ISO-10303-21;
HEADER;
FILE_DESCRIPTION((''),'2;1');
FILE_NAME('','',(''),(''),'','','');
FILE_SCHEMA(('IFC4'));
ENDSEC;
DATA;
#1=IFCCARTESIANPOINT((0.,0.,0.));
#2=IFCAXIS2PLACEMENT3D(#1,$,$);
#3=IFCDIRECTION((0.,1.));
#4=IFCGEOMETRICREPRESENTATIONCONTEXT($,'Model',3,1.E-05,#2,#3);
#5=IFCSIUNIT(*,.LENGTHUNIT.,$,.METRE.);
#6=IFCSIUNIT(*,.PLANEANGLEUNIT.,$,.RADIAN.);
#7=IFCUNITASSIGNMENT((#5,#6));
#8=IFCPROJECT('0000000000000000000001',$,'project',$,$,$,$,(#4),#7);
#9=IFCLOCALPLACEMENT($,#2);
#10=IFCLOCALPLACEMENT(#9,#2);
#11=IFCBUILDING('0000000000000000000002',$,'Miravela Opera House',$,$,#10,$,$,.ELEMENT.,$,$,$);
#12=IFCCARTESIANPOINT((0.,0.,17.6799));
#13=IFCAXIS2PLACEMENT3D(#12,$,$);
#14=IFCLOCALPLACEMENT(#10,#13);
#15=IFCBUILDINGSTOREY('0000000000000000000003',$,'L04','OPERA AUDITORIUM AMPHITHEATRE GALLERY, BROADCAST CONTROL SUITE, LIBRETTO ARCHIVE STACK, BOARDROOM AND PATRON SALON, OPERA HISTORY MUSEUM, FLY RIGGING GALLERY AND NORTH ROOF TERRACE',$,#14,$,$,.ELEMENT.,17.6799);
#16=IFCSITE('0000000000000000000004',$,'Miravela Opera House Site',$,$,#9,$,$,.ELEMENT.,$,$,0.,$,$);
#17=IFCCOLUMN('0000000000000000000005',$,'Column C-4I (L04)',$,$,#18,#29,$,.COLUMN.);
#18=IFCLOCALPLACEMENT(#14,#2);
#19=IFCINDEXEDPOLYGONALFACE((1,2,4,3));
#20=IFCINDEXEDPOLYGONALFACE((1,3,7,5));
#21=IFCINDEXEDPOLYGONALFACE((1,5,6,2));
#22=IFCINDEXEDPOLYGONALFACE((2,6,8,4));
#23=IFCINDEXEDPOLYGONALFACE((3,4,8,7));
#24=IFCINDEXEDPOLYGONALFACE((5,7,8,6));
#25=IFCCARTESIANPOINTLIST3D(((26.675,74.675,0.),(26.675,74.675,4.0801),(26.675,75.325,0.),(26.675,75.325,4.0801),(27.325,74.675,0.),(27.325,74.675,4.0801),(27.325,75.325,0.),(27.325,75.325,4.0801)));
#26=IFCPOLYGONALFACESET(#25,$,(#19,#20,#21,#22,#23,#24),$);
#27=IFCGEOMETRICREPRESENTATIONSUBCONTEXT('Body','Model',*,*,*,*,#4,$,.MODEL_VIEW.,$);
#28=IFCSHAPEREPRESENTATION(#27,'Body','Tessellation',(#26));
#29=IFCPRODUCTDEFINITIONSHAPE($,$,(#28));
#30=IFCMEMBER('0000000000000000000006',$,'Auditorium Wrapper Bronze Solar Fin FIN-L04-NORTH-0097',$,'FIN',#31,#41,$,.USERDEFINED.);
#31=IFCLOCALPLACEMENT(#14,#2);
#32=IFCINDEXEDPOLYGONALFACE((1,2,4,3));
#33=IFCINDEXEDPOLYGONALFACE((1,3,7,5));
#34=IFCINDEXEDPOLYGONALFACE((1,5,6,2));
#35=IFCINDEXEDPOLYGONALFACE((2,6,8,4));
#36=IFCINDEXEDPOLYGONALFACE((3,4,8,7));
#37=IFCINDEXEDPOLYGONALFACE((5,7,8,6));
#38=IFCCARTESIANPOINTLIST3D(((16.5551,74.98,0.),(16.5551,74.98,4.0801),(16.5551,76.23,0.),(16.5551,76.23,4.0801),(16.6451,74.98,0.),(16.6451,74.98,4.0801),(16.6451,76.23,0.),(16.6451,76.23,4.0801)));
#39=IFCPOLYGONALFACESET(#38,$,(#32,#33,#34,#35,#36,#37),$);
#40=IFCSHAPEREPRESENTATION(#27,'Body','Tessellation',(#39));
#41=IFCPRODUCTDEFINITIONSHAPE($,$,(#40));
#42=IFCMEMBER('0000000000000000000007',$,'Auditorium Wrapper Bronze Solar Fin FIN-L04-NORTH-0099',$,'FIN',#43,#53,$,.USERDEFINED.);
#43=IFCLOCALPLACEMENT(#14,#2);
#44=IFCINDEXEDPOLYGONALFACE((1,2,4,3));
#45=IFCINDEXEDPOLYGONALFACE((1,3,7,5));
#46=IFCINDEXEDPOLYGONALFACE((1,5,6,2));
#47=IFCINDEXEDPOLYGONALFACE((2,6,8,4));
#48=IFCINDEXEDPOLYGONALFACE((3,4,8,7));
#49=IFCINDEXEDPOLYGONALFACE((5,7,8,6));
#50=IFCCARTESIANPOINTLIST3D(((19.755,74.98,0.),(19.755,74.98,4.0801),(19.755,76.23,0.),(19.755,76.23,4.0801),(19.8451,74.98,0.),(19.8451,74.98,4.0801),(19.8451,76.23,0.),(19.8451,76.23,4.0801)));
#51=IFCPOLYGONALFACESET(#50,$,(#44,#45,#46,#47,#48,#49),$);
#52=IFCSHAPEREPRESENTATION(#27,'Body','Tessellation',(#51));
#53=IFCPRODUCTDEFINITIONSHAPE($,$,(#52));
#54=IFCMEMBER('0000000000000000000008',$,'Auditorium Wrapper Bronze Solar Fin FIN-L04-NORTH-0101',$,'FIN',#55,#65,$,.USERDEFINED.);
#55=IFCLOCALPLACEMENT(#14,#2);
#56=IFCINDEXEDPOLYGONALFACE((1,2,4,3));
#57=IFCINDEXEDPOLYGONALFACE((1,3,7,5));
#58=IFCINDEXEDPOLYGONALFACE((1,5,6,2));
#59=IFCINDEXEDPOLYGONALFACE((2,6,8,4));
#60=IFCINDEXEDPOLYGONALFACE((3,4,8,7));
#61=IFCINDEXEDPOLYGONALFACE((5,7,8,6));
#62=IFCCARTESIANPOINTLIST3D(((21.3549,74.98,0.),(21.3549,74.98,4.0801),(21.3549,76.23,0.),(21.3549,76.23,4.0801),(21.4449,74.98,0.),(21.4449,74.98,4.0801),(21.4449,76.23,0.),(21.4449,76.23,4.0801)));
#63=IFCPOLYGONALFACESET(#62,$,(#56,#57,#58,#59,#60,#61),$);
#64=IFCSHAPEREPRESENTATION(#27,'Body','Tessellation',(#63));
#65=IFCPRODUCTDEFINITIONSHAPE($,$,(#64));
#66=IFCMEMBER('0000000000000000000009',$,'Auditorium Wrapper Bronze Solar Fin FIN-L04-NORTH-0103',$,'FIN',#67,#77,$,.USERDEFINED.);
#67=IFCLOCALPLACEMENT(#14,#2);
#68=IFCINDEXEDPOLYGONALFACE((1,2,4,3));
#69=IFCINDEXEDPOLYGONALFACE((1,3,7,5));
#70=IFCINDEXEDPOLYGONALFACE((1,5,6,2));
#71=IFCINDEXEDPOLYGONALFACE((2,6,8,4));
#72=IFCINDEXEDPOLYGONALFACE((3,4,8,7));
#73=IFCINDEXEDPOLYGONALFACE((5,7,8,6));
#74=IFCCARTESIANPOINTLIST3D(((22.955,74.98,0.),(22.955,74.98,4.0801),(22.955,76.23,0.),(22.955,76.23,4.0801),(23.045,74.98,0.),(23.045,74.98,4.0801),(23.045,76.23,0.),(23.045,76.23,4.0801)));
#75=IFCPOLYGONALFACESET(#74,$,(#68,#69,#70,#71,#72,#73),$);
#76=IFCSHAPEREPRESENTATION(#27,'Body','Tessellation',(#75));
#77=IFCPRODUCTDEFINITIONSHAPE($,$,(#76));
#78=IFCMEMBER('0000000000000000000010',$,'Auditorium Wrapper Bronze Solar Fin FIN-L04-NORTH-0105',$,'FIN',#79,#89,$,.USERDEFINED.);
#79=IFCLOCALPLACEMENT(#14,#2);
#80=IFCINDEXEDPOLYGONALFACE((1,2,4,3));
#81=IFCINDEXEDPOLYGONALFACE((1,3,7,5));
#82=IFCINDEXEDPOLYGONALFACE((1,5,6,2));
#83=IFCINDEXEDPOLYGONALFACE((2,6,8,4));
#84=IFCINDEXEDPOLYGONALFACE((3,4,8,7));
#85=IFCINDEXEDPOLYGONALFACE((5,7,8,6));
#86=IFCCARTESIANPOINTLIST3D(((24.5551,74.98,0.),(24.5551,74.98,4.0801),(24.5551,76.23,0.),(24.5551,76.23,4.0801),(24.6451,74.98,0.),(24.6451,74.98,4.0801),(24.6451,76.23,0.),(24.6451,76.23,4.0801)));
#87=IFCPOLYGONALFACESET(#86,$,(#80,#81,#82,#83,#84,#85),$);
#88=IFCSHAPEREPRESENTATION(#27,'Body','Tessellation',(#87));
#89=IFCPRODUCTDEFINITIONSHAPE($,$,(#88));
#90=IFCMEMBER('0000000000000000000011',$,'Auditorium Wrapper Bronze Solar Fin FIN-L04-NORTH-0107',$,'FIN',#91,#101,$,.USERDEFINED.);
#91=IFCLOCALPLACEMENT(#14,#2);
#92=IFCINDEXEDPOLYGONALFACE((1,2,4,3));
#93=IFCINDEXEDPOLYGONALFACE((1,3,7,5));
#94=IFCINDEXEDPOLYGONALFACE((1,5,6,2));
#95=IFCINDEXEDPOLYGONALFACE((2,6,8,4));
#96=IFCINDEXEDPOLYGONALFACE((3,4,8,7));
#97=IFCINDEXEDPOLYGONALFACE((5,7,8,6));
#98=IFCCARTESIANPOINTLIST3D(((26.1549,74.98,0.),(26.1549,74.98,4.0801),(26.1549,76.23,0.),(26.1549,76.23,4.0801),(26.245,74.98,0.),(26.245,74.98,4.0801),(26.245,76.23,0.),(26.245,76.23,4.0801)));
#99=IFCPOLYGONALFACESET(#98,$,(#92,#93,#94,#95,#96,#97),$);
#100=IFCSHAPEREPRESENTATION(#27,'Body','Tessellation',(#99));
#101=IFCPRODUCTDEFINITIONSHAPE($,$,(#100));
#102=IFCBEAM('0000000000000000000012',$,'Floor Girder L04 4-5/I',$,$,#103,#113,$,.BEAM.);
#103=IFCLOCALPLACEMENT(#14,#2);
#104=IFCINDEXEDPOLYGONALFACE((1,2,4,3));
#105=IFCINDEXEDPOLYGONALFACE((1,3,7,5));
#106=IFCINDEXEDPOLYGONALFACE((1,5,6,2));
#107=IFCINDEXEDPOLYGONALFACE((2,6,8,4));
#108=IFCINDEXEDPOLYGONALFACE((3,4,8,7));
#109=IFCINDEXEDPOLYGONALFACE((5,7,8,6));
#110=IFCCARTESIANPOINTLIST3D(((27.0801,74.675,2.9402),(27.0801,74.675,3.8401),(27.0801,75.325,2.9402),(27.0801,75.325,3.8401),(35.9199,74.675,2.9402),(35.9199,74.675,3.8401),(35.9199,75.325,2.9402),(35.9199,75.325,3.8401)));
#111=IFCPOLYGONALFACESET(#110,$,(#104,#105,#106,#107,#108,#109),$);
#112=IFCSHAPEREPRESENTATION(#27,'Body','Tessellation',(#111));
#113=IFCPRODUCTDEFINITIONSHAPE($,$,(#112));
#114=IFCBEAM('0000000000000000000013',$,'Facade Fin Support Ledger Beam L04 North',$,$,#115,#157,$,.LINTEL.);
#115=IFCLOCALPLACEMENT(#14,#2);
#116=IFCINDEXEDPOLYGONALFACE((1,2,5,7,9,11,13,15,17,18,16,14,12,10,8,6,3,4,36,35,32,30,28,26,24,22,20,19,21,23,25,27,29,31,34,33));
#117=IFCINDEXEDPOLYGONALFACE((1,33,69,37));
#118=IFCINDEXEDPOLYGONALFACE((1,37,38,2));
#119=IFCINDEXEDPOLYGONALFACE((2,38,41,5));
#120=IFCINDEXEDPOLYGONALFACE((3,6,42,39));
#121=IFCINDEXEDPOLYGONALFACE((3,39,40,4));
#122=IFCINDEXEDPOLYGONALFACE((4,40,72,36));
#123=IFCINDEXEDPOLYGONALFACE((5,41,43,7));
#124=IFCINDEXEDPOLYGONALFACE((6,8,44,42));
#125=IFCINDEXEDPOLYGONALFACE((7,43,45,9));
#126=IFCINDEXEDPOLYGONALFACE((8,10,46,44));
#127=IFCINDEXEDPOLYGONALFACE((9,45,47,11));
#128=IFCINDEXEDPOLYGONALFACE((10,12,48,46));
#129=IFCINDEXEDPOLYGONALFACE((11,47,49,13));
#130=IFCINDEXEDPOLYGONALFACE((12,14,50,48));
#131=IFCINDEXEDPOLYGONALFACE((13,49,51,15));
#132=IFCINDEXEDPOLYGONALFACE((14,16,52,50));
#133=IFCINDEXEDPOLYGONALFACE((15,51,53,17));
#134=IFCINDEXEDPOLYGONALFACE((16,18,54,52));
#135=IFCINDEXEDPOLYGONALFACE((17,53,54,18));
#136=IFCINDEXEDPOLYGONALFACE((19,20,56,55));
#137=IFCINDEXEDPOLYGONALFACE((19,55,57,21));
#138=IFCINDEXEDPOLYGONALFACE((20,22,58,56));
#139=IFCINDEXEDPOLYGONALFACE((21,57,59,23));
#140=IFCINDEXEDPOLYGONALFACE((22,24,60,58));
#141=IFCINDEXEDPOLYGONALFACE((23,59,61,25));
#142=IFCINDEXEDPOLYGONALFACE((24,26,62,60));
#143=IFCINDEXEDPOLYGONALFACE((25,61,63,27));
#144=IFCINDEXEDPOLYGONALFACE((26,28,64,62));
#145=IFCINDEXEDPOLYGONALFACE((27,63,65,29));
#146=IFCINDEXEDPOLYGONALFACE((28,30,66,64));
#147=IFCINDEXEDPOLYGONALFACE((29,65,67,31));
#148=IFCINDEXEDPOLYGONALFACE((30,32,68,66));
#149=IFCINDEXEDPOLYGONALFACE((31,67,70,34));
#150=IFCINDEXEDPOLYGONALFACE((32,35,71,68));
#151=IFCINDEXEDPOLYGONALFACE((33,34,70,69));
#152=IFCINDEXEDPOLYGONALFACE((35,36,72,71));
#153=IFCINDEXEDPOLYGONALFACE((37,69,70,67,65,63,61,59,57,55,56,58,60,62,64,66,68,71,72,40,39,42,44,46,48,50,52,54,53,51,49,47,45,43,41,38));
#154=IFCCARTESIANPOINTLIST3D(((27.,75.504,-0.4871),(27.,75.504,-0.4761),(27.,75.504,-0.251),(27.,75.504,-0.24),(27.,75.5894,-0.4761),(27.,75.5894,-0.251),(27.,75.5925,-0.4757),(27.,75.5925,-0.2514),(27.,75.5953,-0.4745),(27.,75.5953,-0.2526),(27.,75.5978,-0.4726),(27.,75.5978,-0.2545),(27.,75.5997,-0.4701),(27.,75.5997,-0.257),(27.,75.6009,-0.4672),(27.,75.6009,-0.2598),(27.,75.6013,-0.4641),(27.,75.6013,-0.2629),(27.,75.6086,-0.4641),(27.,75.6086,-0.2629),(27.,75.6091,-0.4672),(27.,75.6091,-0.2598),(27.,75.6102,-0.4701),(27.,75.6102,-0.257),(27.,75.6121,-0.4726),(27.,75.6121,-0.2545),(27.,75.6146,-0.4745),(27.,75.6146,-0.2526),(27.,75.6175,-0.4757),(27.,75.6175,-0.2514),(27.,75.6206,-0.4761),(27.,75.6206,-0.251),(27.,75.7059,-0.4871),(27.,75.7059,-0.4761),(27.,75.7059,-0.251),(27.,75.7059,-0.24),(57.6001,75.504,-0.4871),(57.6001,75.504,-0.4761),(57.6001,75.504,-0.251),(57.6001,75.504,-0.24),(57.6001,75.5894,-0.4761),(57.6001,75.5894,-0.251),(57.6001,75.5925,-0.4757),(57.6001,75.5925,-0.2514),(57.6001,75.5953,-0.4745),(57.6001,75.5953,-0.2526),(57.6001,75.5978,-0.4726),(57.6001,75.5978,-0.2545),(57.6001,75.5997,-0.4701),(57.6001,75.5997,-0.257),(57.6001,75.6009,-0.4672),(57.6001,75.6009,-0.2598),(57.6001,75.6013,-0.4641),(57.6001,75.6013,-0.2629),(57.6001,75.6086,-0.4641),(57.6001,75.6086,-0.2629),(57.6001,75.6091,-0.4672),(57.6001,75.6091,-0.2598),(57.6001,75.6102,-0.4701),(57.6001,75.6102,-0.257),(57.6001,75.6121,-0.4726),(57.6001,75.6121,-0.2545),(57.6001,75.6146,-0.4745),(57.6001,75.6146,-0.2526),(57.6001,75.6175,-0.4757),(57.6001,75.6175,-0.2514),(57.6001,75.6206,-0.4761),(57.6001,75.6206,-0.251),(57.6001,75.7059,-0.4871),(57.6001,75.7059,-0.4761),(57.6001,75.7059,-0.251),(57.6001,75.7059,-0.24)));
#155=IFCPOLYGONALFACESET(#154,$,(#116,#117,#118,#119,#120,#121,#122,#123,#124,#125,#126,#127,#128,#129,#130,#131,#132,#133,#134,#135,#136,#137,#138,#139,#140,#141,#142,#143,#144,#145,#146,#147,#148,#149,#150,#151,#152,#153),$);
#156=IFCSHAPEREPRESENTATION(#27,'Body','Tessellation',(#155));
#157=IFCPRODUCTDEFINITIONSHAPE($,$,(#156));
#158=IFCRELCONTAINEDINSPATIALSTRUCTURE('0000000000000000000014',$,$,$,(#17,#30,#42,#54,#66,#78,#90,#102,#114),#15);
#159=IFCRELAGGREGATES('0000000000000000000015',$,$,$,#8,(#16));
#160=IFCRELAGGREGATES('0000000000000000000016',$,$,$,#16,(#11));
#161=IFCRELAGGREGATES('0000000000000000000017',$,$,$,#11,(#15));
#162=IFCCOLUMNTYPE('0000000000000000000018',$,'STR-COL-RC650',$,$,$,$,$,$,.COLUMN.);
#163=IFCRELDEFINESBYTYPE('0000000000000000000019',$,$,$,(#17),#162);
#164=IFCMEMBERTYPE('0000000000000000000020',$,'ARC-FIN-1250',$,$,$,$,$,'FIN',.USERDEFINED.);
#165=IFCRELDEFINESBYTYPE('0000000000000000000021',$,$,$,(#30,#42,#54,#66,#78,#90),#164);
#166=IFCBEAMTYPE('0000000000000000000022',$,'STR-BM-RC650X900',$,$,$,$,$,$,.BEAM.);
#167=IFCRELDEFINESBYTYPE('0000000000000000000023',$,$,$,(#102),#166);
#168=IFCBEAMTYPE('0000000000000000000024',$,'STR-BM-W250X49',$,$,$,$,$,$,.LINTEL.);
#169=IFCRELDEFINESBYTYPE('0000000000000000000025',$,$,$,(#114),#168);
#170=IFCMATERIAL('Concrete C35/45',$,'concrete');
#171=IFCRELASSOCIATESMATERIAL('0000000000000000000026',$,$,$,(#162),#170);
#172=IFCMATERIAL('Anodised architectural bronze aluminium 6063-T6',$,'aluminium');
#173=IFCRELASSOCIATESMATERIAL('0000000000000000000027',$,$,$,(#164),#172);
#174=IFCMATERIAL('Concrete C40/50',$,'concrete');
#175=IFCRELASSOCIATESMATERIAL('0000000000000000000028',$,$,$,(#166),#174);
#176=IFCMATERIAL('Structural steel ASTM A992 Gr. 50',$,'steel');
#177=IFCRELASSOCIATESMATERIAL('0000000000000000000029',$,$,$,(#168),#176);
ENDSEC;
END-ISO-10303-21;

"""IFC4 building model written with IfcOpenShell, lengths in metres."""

from ifc_helpers import new_model, si_unit, direction, frame, origin, origin_2d, place, context, subcontext, project, spatial, rectangle, i_section, extrude, material, material_profile, profile_set, type_object, element, save


model = new_model("IFC4")

# Units and contexts
model_context = context("Model", 3, precision=1e-05, world=origin(), true_north=direction((0.0, 1.0)))
body_context = subcontext(model_context, "Body", "Model", "MODEL_VIEW")
ifc_project = project(units=[si_unit("LENGTHUNIT", "METRE"), si_unit("PLANEANGLEUNIT", "RADIAN")], contexts=[model_context])

# Site, building, storey
site_placement = place(None, origin())
site = spatial("IfcSite", under=ifc_project, at=site_placement, Name="Miravela Opera House Site", CompositionType="ELEMENT", RefElevation=0.0)
building_placement = place(site_placement, origin())
building = spatial("IfcBuilding", under=site, at=building_placement, Name="Miravela Opera House", CompositionType="ELEMENT")
storey_placement = place(building_placement, frame((0.0, 0.0, 17.6799)))
storey = spatial("IfcBuildingStorey", under=building, at=storey_placement, Name="L04", Description="OPERA AUDITORIUM AMPHITHEATRE GALLERY, BROADCAST CONTROL SUITE, LIBRETTO ARCHIVE STACK, BOARDROOM AND PATRON SALON, OPERA HISTORY MUSEUM, FLY RIGGING GALLERY AND NORTH ROOF TERRACE", CompositionType="ELEMENT", Elevation=17.6799)

# Column
ifc_material_1 = material(Name="Concrete C35/45", Category="concrete")
ifc_material_profile_1 = material_profile(ifc_material_1, rectangle(XDim=0.6499, YDim=0.6499, at=origin_2d()), Name="RC-COL-650X650")
ifc_profile_set_1 = profile_set([ifc_material_profile_1])
column_type = type_object("IfcColumnType", Name="STR-COL-RC650", PredefinedType="COLUMN", material=ifc_profile_set_1)
column_placement = place(storey_placement, frame((27.0, 75.0, 0.0), z_axis=(0.0, 0.0, 1.0), x_axis=(1.0, 0.0, 0.0)))
element("IfcColumn", 1, at=column_placement, inside=storey, type_object=column_type, Name="Column C-4I (L04)", PredefinedType="COLUMN", context=body_context, shape_type="SweptSolid", body=[
    extrude(rectangle(XDim=0.6499, YDim=0.6499, at=origin_2d()), origin(), (0.0, 0.0, 1.0), 4.0801),
])

# Members
ifc_material_2 = material(Name="Anodised architectural bronze aluminium 6063-T6", Category="aluminium")
ifc_material_profile_2 = material_profile(ifc_material_2, rectangle(XDim=0.0901, YDim=1.25, at=origin_2d()), Name="FIN-1250X90")
ifc_profile_set_2 = profile_set([ifc_material_profile_2])
member_type_1 = type_object("IfcMemberType", Name="ARC-FIN-1250", ElementType="FIN", PredefinedType="USERDEFINED", material=ifc_profile_set_2)
for number, where, z_axis, x_axis, name in (
    (2, (16.6001, 75.605, 0.0), (0.0, 0.0, 1.0), (1.0, 0.0, 0.0), "Auditorium Wrapper Bronze Solar Fin FIN-L04-NORTH-0097"),
    (3, (19.8, 75.605, 0.0), (0.0, 0.0, 1.0), (1.0, 0.0, 0.0), "Auditorium Wrapper Bronze Solar Fin FIN-L04-NORTH-0099"),
    (4, (21.3999, 75.605, 0.0), (0.0, 0.0, 1.0), (1.0, 0.0, 0.0), "Auditorium Wrapper Bronze Solar Fin FIN-L04-NORTH-0101"),
    (5, (23.0, 75.605, 0.0), (0.0, 0.0, 1.0), (1.0, 0.0, 0.0), "Auditorium Wrapper Bronze Solar Fin FIN-L04-NORTH-0103"),
    (6, (24.6001, 75.605, 0.0), (0.0, 0.0, 1.0), (1.0, 0.0, 0.0), "Auditorium Wrapper Bronze Solar Fin FIN-L04-NORTH-0105"),
    (7, (26.2, 75.605, 0.0), (0.0, 0.0, 1.0), (1.0, 0.0, 0.0), "Auditorium Wrapper Bronze Solar Fin FIN-L04-NORTH-0107"),
):
    element("IfcMember", number, at=place(storey_placement, frame(where, z_axis=z_axis, x_axis=x_axis)), inside=storey, type_object=member_type_1, Name=name, ObjectType="FIN", PredefinedType="USERDEFINED", context=body_context, shape_type="SweptSolid", body=[
        extrude(rectangle(XDim=0.0901, YDim=1.25, at=origin_2d()), origin(), (0.0, 0.0, 1.0), 4.0801),
    ])

# Beams
ifc_material_3 = material(Name="Concrete C40/50", Category="concrete")
ifc_material_profile_3 = material_profile(ifc_material_3, rectangle(XDim=0.6499, YDim=0.8999, at=origin_2d()), Name="RC-BM-650X900")
ifc_profile_set_3 = profile_set([ifc_material_profile_3])
beam_type_1 = type_object("IfcBeamType", Name="STR-BM-RC650X900", PredefinedType="BEAM", material=ifc_profile_set_3)
beam_1_placement = place(storey_placement, frame((27.0801, 75.0, 3.3901), z_axis=(1.0, 0.0, 0.0), x_axis=(0.0, 1.0, 0.0)))
element("IfcBeam", 8, at=beam_1_placement, inside=storey, type_object=beam_type_1, Name="Floor Girder L04 4-5/I", PredefinedType="BEAM", context=body_context, shape_type="SweptSolid", body=[
    extrude(rectangle(XDim=0.6499, YDim=0.8999, at=origin_2d()), origin(), (0.0, 0.0, 1.0), 8.8398),
])
ifc_material_4 = material(Name="Structural steel ASTM A992 Gr. 50", Category="steel")
ifc_material_profile_4 = material_profile(ifc_material_4, i_section(OverallWidth=0.2019, OverallDepth=0.2471, WebThickness=0.0073, FlangeThickness=0.011, FilletRadius=0.012, at=origin_2d()), Name="W250X49")
ifc_profile_set_4 = profile_set([ifc_material_profile_4])
beam_type_2 = type_object("IfcBeamType", Name="STR-BM-W250X49", PredefinedType="LINTEL", material=ifc_profile_set_4)
beam_2_placement = place(storey_placement, frame((27.0, 75.605, -0.3635), z_axis=(1.0, 0.0, 0.0), x_axis=(0.0, 1.0, 0.0)))
element("IfcBeam", 9, at=beam_2_placement, inside=storey, type_object=beam_type_2, Name="Facade Fin Support Ledger Beam L04 North", PredefinedType="LINTEL", context=body_context, shape_type="SweptSolid", body=[
    extrude(i_section(OverallWidth=0.2019, OverallDepth=0.2471, WebThickness=0.0073, FlangeThickness=0.011, FilletRadius=0.012, at=origin_2d()), origin(), (0.0, 0.0, 1.0), 30.6001),
])

save(model, "model.ifc")
